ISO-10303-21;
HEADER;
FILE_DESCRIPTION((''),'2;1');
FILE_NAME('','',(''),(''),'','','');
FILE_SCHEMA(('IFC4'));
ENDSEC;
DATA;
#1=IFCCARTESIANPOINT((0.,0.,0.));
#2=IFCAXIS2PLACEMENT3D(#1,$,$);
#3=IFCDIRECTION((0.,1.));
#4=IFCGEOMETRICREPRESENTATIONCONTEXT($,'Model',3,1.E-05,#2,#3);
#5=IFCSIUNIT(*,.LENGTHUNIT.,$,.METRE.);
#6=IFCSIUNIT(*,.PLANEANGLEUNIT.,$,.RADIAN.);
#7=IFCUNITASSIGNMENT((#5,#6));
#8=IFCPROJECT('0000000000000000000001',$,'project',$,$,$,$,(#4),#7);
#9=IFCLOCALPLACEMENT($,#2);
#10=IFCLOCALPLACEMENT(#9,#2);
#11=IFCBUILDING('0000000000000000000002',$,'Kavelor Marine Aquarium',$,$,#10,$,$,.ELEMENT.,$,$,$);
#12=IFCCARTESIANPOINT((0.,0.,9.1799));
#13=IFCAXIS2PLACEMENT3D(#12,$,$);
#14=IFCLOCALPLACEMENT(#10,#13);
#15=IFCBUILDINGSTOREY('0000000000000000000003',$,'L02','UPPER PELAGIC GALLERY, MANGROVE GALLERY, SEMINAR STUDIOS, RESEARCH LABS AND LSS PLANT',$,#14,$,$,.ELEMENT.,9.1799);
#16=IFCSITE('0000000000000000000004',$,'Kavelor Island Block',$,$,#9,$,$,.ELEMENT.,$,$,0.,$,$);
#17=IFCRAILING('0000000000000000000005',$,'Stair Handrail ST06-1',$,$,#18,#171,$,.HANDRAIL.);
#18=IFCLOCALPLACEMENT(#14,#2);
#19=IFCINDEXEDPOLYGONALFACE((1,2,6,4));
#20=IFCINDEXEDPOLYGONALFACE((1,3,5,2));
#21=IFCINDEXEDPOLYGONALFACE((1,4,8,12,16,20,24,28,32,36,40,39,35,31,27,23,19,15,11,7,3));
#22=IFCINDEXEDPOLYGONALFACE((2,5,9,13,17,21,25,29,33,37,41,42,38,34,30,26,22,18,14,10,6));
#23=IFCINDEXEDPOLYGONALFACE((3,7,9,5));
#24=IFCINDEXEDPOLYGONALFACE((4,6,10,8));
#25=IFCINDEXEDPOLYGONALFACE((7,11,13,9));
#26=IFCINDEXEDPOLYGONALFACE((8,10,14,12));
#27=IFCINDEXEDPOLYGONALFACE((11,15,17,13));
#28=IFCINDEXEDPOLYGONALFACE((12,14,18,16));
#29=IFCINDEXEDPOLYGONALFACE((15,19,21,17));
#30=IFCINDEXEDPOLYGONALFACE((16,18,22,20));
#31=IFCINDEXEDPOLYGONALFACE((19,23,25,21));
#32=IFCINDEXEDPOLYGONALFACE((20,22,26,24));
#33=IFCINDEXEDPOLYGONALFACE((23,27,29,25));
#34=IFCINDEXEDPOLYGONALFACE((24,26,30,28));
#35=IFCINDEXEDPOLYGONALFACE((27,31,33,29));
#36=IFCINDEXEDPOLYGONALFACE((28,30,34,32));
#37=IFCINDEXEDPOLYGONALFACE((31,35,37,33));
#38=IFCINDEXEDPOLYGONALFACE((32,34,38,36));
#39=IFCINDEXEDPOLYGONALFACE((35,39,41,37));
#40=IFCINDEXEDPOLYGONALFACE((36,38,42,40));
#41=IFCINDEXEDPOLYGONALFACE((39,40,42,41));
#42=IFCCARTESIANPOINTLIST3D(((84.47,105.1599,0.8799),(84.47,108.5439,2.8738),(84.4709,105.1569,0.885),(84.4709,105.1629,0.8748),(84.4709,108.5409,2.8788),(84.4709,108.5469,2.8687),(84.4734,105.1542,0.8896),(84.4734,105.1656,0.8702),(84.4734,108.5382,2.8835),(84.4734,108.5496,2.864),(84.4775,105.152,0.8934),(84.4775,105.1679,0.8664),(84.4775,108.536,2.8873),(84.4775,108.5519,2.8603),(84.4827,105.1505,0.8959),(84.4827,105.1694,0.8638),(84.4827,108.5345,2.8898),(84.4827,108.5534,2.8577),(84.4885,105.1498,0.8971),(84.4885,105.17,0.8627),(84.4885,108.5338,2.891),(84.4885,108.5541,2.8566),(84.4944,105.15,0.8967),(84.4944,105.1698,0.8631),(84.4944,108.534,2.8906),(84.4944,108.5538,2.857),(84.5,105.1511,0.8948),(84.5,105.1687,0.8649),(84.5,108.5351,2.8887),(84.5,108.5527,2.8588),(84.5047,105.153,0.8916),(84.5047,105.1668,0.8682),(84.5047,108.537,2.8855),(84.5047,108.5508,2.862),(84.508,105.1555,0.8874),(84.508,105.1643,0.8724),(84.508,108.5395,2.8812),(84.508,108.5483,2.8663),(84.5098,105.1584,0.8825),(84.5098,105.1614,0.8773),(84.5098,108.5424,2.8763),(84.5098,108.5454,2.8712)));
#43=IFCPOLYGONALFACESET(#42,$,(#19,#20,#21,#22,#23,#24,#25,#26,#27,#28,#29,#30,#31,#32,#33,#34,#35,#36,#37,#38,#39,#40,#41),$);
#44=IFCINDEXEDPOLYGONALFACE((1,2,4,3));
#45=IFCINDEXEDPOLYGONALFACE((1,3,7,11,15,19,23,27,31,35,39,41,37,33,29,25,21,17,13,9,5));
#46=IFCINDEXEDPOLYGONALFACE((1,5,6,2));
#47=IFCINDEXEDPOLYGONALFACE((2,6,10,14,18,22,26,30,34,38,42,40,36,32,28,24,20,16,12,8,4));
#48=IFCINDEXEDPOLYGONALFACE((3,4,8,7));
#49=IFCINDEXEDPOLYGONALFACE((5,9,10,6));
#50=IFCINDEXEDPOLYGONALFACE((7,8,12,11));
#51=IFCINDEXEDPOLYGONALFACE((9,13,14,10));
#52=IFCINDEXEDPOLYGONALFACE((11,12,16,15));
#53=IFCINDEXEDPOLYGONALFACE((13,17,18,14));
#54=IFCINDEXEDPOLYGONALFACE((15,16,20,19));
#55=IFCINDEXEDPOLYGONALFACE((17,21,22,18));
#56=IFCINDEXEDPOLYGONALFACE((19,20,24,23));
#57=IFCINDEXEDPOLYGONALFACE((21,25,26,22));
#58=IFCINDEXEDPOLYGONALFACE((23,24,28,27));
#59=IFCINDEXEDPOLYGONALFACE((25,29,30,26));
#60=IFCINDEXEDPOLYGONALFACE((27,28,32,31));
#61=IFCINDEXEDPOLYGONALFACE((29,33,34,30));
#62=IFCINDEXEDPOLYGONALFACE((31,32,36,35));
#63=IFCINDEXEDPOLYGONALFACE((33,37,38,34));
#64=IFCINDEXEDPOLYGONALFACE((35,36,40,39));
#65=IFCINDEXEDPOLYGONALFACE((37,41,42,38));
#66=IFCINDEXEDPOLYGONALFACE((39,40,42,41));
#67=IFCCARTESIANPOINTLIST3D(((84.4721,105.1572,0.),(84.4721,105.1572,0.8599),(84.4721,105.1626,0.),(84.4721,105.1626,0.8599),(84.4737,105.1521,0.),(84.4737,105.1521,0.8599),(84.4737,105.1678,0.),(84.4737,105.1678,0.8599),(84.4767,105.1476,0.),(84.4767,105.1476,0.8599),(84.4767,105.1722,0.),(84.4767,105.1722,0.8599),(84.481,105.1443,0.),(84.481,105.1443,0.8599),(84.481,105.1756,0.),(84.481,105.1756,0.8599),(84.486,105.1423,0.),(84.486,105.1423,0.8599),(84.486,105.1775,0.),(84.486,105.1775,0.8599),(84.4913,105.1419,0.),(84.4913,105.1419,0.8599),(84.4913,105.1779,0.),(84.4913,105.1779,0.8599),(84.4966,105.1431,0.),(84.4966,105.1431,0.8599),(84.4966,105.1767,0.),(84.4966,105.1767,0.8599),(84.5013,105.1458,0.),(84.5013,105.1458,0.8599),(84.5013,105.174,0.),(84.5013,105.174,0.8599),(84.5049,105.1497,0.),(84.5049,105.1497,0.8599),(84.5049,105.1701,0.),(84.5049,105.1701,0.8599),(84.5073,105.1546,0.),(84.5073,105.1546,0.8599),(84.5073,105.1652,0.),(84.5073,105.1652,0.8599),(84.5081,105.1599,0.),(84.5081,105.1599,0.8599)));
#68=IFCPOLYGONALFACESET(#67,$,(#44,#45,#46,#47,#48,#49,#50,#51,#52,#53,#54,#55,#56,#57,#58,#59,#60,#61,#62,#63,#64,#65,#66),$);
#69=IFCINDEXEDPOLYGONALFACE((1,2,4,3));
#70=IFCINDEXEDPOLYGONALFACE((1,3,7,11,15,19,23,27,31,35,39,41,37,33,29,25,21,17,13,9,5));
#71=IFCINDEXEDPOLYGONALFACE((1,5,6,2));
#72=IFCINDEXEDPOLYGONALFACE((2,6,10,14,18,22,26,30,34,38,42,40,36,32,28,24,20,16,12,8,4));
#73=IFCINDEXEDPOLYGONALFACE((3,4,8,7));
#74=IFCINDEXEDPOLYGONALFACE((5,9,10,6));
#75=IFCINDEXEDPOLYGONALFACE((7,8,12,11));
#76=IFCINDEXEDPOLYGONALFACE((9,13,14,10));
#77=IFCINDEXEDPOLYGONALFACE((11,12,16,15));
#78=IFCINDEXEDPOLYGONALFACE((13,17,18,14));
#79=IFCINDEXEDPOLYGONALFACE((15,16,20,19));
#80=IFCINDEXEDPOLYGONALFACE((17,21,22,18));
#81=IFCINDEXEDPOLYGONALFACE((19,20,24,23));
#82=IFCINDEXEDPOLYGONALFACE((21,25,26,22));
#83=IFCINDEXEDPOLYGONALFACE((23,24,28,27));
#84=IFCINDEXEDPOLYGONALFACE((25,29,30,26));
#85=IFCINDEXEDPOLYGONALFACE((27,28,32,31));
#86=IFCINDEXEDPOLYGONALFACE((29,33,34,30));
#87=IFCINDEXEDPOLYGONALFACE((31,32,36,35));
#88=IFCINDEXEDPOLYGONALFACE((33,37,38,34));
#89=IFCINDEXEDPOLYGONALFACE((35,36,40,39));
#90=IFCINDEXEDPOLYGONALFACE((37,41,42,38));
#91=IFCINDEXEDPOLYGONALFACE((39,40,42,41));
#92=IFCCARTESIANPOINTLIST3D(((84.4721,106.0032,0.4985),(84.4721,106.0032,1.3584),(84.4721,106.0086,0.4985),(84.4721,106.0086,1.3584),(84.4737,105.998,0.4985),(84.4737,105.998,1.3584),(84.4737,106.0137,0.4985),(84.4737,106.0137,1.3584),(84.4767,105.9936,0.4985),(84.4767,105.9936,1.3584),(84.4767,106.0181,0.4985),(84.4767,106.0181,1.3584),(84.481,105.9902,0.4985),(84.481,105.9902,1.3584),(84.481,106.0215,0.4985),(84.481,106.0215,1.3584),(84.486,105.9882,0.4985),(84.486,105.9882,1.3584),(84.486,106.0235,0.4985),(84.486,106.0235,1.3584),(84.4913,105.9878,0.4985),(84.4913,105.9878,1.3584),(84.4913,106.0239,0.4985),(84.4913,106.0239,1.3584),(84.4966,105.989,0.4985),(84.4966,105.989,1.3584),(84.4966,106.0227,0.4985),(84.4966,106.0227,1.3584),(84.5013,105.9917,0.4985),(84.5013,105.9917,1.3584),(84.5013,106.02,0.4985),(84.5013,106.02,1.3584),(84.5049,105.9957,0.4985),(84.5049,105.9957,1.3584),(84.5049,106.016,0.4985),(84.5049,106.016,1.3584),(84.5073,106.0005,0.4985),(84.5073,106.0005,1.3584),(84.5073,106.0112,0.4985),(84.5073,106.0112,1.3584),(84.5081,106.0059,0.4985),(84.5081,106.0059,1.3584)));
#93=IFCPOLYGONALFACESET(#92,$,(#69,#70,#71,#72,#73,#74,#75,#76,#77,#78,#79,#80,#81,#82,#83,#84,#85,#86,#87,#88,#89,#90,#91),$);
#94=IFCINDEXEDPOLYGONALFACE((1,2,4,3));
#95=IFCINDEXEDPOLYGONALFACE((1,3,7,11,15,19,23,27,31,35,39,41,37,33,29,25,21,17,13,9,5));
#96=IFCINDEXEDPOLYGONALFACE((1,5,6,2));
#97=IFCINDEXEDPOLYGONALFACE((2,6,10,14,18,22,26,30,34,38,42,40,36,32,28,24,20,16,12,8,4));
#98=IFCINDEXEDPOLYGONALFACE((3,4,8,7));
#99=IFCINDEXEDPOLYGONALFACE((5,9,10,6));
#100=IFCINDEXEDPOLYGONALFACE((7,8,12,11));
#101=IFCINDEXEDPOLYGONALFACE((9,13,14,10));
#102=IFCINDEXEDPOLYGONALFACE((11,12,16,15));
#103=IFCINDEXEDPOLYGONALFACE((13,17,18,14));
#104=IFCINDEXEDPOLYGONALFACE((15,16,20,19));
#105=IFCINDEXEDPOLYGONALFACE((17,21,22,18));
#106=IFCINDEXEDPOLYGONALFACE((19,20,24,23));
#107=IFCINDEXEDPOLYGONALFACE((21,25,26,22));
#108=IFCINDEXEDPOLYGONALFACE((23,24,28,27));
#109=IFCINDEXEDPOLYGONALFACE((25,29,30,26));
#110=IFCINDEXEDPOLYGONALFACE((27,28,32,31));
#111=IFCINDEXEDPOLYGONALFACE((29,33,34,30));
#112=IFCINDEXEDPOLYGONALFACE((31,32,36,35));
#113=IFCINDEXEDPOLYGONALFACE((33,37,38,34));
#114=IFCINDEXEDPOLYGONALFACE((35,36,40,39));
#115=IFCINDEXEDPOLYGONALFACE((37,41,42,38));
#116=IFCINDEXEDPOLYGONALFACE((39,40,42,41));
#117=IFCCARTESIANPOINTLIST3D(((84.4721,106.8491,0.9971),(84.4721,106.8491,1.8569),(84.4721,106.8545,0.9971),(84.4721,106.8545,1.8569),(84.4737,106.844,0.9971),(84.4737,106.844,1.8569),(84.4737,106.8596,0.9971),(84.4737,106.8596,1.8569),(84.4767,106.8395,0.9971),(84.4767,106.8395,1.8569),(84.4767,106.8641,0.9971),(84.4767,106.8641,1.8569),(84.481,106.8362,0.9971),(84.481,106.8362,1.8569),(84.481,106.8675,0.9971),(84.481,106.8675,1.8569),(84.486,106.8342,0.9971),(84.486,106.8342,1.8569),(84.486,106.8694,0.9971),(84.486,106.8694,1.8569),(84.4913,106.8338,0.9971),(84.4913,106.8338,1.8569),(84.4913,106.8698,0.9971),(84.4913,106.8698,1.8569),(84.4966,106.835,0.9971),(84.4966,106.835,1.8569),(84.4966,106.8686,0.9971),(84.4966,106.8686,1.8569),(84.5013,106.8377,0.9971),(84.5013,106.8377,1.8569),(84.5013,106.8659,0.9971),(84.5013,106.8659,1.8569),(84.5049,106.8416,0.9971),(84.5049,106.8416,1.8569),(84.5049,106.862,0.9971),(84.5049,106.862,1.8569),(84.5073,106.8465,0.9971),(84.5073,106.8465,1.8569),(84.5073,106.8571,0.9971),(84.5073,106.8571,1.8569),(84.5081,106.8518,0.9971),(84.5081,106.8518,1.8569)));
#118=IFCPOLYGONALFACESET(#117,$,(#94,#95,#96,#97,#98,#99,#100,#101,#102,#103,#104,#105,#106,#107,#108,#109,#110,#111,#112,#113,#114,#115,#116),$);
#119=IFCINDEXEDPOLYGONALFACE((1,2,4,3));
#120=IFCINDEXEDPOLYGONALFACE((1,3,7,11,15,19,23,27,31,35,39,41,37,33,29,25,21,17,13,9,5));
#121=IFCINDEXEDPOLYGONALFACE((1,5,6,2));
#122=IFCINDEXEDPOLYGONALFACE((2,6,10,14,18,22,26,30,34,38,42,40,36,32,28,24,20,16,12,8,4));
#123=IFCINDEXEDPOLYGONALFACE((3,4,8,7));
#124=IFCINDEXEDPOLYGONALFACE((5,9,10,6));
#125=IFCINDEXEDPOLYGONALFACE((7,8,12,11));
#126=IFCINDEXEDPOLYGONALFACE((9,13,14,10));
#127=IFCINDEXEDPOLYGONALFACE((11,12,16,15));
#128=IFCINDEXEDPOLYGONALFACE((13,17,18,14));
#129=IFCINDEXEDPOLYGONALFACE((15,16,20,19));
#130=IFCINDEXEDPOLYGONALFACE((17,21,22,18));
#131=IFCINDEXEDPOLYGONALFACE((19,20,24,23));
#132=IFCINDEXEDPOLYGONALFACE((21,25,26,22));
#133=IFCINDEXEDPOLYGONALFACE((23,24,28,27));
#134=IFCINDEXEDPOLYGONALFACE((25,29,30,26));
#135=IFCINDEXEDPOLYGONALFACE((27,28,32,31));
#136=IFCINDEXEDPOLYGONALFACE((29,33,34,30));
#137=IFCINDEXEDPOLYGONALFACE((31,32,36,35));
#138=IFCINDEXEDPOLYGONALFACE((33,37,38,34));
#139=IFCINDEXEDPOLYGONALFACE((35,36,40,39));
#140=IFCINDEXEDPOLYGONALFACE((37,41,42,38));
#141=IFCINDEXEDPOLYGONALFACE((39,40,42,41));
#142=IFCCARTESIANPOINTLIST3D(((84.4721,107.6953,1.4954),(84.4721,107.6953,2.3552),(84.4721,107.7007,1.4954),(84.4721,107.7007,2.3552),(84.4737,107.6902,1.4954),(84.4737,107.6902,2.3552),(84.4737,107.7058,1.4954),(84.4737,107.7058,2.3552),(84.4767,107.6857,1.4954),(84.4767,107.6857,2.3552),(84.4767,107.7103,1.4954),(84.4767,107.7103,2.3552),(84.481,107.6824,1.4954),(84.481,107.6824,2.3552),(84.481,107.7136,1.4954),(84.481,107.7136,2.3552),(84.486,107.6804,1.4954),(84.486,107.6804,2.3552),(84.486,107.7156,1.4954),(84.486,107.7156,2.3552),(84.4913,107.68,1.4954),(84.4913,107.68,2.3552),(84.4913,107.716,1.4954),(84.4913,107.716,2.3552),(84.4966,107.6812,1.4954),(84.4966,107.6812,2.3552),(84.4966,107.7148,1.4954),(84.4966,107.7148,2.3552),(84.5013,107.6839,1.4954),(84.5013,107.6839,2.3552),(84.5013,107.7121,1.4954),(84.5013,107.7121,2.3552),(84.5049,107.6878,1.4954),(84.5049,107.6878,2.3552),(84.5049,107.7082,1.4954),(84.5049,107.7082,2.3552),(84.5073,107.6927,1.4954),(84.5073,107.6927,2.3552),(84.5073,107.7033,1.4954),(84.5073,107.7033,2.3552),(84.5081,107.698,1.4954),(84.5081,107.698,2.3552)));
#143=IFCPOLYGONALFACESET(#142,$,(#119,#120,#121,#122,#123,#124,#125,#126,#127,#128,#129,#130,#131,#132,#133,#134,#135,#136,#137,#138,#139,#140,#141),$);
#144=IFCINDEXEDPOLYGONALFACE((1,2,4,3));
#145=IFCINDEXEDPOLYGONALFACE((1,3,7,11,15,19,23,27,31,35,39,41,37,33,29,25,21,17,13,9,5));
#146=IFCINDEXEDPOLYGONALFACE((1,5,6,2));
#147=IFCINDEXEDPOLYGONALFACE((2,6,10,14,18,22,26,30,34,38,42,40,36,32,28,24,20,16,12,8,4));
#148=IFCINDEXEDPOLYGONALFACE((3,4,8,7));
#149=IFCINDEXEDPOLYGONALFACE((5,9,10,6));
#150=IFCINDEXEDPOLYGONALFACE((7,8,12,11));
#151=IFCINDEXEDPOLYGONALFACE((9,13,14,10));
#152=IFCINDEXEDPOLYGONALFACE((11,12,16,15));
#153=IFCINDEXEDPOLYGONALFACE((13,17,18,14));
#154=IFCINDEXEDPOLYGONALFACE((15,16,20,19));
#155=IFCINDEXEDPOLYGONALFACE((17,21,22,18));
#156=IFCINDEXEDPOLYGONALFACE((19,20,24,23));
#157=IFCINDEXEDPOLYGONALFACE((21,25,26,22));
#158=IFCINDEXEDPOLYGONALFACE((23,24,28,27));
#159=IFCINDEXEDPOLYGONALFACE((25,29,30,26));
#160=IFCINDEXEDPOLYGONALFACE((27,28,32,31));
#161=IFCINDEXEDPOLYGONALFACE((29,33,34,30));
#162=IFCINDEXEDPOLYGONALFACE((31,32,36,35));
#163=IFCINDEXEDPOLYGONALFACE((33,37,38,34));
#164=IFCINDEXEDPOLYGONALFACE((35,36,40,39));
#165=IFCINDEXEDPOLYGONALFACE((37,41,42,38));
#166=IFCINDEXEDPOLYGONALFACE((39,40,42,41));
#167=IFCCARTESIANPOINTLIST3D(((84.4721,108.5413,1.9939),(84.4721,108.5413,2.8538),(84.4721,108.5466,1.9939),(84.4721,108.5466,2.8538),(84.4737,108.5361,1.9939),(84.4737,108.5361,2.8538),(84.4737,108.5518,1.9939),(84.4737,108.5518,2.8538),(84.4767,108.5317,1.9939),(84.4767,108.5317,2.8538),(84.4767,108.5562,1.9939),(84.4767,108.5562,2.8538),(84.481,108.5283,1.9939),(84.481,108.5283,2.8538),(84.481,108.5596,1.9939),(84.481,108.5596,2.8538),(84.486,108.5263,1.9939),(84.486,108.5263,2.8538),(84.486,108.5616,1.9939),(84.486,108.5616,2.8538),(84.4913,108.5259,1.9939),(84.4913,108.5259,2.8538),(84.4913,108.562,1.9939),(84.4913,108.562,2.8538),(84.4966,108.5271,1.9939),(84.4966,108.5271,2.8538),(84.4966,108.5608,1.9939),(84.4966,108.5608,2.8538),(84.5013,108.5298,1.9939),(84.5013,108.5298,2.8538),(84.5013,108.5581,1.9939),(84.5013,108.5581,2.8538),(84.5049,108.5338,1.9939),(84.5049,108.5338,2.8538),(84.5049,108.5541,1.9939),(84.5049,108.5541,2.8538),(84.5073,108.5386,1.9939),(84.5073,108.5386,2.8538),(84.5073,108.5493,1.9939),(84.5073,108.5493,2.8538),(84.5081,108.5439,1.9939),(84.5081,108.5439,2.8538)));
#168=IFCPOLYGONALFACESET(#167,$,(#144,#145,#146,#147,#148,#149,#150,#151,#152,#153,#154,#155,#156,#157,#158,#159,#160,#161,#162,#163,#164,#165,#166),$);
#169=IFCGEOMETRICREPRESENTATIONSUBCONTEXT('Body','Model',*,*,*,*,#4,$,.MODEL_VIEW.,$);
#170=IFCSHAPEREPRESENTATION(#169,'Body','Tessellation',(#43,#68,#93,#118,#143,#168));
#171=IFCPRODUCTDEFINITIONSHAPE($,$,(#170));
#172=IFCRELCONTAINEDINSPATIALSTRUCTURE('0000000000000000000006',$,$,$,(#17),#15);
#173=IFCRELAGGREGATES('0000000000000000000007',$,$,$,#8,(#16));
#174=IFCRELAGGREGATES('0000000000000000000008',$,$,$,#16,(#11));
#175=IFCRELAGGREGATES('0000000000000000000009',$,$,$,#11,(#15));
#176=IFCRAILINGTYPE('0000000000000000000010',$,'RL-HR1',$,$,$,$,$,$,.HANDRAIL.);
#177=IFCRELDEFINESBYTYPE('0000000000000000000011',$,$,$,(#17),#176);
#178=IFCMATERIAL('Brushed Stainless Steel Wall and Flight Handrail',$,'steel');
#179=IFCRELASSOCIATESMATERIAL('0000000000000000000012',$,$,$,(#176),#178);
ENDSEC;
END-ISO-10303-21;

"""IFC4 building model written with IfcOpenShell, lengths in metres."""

from ifc_helpers import new_model, si_unit, direction, frame, origin, origin_2d, place, context, subcontext, project, spatial, circle, extrude, material, type_object, element, save


model = new_model("IFC4")

# Units and contexts
model_context = context("Model", 3, precision=1e-05, world=origin(), true_north=direction((0.0, 1.0)))
body_context = subcontext(model_context, "Body", "Model", "MODEL_VIEW")
ifc_project = project(units=[si_unit("LENGTHUNIT", "METRE"), si_unit("PLANEANGLEUNIT", "RADIAN")], contexts=[model_context])

# Site, building, storey
site_placement = place(None, origin())
site = spatial("IfcSite", under=ifc_project, at=site_placement, Name="Kavelor Island Block", CompositionType="ELEMENT", RefElevation=0.0)
building_placement = place(site_placement, origin())
building = spatial("IfcBuilding", under=site, at=building_placement, Name="Kavelor Marine Aquarium", CompositionType="ELEMENT")
storey_placement = place(building_placement, frame((0.0, 0.0, 9.1799)))
storey = spatial("IfcBuildingStorey", under=building, at=storey_placement, Name="L02", Description="UPPER PELAGIC GALLERY, MANGROVE GALLERY, SEMINAR STUDIOS, RESEARCH LABS AND LSS PLANT", CompositionType="ELEMENT", Elevation=9.1799)

# Railing
ifc_material_1 = material(Name="Brushed Stainless Steel Wall and Flight Handrail", Category="steel")
railing_type_1 = type_object("IfcRailingType", Name="RL-HR1", PredefinedType="HANDRAIL", material=ifc_material_1)
railing_1_placement = place(storey_placement, frame((84.49, 105.1599, 0.0)))
element("IfcRailing", 1, at=railing_1_placement, inside=storey, type_object=railing_type_1, Name="Stair Handrail ST06-1", PredefinedType="HANDRAIL", context=body_context, shape_type="SweptSolid", body=[
    extrude(circle(Radius=0.02, at=origin_2d()), frame((0.0, 0.0, 0.8799), z_axis=(0.0, 0.861568, 0.507642), x_axis=(-1.0, 0.0, 0.0)), (0.0, 0.0, 1.0), 3.9277),
    extrude(circle(Radius=0.0181, at=origin_2d()), origin(), (0.0, 0.0, 1.0), 0.8599),
    extrude(circle(Radius=0.0181, at=origin_2d()), frame((0.0, 0.8459, 0.4985)), (0.0, 0.0, 1.0), 0.8599),
    extrude(circle(Radius=0.0181, at=origin_2d()), frame((0.0, 1.6919, 0.9971)), (0.0, 0.0, 1.0), 0.8599),
    extrude(circle(Radius=0.0181, at=origin_2d()), frame((0.0, 2.5381, 1.4954)), (0.0, 0.0, 1.0), 0.8599),
    extrude(circle(Radius=0.0181, at=origin_2d()), frame((0.0, 3.384, 1.9939)), (0.0, 0.0, 1.0), 0.8599),
])

save(model, "model.ifc")
